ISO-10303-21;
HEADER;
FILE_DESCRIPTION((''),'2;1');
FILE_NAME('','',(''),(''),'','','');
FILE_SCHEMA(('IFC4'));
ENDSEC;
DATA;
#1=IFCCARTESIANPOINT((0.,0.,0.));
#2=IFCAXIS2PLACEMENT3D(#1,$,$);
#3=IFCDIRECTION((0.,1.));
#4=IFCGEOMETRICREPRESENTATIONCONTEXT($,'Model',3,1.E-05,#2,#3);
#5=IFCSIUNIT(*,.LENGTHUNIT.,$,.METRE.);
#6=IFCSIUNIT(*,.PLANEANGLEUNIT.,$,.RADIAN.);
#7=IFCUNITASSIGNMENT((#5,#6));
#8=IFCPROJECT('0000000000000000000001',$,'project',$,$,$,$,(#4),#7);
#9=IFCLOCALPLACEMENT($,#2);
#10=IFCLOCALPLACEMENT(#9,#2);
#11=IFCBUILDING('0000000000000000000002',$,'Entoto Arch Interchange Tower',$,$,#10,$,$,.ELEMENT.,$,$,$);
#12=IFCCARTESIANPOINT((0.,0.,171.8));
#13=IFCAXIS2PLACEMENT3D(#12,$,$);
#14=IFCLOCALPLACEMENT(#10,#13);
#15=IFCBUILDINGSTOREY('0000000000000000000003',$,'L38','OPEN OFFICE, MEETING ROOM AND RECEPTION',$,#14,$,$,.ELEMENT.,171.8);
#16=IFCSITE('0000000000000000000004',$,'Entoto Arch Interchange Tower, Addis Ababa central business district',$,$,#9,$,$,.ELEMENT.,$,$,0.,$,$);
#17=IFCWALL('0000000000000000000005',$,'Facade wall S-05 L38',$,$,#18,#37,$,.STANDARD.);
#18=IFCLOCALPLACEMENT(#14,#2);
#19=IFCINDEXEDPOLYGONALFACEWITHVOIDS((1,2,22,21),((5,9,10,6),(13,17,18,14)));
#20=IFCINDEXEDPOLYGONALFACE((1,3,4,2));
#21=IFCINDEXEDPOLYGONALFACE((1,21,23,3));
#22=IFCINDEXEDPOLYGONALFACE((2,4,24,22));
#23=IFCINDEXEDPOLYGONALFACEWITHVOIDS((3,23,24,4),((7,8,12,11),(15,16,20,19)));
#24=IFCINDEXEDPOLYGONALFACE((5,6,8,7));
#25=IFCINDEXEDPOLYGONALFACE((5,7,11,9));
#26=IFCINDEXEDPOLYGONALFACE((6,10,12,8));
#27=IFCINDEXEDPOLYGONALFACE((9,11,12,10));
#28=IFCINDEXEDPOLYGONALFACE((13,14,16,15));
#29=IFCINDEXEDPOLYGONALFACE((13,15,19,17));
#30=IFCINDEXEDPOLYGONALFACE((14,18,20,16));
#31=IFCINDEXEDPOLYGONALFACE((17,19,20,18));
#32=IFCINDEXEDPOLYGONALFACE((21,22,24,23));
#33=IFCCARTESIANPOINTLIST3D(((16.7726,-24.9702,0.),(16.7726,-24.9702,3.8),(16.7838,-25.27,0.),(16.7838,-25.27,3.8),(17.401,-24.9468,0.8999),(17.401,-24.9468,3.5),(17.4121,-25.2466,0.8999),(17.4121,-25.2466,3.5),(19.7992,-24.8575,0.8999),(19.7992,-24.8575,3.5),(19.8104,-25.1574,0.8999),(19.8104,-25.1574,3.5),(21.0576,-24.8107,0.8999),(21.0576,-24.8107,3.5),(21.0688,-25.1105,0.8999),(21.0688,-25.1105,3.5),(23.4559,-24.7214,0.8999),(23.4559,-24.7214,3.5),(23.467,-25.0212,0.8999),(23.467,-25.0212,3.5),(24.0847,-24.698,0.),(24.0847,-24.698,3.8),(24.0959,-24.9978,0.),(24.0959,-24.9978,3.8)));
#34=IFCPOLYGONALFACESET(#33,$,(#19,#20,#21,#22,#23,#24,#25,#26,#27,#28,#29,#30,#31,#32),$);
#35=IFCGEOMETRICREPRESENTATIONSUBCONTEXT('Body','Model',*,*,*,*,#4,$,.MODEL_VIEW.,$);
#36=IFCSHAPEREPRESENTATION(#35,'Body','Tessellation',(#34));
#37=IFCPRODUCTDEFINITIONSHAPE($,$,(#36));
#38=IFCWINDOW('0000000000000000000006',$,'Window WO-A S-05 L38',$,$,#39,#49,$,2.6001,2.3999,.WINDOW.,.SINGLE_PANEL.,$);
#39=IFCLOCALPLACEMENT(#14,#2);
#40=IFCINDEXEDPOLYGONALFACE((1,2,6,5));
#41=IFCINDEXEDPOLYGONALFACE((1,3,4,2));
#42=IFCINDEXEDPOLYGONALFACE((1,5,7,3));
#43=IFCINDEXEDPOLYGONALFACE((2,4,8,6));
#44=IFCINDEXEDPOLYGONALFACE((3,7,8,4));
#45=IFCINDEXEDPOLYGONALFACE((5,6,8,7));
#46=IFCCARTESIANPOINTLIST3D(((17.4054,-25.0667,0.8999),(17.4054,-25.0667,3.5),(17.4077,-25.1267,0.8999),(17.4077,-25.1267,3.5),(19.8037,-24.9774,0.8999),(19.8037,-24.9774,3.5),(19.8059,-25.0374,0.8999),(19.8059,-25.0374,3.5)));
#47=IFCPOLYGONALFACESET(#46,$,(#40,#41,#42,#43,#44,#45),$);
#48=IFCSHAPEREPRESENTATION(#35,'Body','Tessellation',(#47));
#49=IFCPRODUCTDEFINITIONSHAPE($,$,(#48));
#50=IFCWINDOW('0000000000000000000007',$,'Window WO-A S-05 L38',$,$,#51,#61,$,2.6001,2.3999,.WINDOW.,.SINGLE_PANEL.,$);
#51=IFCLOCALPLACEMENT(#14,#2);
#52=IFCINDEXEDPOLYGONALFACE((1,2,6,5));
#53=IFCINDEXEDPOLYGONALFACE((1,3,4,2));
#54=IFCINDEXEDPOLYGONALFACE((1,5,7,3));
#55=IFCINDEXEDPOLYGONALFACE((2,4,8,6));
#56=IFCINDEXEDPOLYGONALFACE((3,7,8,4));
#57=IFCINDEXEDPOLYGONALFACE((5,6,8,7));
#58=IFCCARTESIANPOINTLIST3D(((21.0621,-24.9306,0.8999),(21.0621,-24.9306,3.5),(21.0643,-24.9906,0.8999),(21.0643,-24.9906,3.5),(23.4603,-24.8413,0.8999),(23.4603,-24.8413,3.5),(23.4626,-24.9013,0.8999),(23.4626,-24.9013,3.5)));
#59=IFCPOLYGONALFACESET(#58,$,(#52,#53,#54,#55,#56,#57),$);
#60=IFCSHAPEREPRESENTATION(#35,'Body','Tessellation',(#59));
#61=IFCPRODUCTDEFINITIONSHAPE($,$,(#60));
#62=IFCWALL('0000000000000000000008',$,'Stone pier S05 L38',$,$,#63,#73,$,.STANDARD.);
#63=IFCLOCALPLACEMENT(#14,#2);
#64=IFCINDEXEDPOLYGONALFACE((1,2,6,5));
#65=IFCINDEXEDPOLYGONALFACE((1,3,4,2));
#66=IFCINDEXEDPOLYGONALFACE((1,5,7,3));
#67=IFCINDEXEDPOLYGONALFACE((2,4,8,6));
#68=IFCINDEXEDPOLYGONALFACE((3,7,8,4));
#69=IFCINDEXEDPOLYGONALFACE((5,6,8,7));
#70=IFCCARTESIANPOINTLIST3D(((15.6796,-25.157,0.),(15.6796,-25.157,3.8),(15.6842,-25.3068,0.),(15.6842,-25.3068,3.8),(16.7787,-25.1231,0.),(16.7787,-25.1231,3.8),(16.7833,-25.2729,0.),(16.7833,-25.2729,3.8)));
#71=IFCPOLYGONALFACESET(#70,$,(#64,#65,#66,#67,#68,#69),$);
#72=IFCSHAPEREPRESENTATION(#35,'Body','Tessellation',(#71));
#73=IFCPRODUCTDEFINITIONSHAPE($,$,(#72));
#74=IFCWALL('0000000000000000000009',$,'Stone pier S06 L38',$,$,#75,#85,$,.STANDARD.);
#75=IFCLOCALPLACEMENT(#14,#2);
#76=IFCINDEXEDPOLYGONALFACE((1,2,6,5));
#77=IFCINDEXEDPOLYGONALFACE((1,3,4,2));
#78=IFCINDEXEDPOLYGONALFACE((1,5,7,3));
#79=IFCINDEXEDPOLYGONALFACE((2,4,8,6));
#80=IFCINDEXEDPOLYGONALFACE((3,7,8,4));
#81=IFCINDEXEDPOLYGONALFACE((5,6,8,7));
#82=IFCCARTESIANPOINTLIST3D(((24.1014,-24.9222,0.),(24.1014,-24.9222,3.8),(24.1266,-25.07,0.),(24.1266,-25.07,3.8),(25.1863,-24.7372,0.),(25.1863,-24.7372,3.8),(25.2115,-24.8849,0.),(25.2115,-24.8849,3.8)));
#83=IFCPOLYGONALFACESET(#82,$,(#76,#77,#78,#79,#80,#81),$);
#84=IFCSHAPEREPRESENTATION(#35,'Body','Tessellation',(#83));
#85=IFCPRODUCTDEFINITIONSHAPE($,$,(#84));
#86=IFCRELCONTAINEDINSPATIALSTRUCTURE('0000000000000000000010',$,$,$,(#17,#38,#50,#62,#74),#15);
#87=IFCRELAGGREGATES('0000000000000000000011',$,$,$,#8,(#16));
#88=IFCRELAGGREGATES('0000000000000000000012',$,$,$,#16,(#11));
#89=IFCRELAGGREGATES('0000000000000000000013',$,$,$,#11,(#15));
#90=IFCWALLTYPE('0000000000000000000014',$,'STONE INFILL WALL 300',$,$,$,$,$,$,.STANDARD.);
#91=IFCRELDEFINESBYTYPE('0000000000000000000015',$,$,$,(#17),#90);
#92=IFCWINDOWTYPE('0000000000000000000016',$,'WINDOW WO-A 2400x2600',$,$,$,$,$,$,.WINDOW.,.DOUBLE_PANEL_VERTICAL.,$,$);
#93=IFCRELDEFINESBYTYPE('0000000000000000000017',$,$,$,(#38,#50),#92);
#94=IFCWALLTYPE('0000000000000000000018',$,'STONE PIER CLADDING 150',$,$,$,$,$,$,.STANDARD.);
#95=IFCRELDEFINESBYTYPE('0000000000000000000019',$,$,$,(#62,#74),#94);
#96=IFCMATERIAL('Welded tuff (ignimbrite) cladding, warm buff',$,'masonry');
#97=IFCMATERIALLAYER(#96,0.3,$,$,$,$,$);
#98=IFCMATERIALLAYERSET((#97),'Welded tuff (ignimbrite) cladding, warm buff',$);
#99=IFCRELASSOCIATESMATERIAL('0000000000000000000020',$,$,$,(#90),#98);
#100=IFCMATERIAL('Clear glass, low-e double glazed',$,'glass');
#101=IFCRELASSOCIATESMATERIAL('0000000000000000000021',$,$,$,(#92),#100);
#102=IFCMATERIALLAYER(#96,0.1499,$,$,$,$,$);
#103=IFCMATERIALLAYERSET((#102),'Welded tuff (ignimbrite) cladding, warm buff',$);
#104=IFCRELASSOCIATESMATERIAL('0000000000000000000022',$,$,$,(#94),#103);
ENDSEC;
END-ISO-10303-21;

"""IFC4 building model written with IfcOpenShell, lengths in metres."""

from ifc_helpers import new_model, si_unit, direction, frame, frame_2d, origin, place, context, subcontext, project, spatial, rectangle, extrude, material, layer, layer_set, type_object, element, fill, save


model = new_model("IFC4")

# Units and contexts
model_context = context("Model", 3, precision=1e-05, world=origin(), true_north=direction((0.0, 1.0)))
body_context = subcontext(model_context, "Body", "Model", "MODEL_VIEW")
ifc_project = project(units=[si_unit("LENGTHUNIT", "METRE"), si_unit("PLANEANGLEUNIT", "RADIAN")], contexts=[model_context])

# Site, building, storey
site_placement = place(None, origin())
site = spatial("IfcSite", under=ifc_project, at=site_placement, Name="Entoto Arch Interchange Tower, Addis Ababa central business district", CompositionType="ELEMENT", RefElevation=0.0)
building_placement = place(site_placement, origin())
building = spatial("IfcBuilding", under=site, at=building_placement, Name="Entoto Arch Interchange Tower", CompositionType="ELEMENT")
storey_placement = place(building_placement, frame((0.0, 0.0, 171.8)))
storey = spatial("IfcBuildingStorey", under=building, at=storey_placement, Name="L38", Description="OPEN OFFICE, MEETING ROOM AND RECEPTION", CompositionType="ELEMENT", Elevation=171.8)

# Wall, openings, windows
ifc_material_1 = material(Name="Welded tuff (ignimbrite) cladding, warm buff", Category="masonry")
ifc_layer_1 = layer(ifc_material_1, 0.3)
ifc_layer_set_1 = layer_set([ifc_layer_1], Name="Welded tuff (ignimbrite) cladding, warm buff")
wall_type_1 = type_object("IfcWallType", Name="STONE INFILL WALL 300", PredefinedType="STANDARD", material=ifc_layer_set_1)
wall_1_placement = place(storey_placement, frame((16.7781, -25.1201, 0.0), z_axis=(0.0, 0.0, 1.0), x_axis=(0.999308, 0.037203, 0.0)))
wall_1 = element("IfcWall", 1, at=wall_1_placement, inside=storey, type_object=wall_type_1, Name="Facade wall S-05 L38", PredefinedType="STANDARD", context=body_context, shape_type="SweptSolid", body=[
    extrude(rectangle(XDim=7.3171, YDim=0.3, at=frame_2d((3.6587, 0.0))), origin(), (0.0, 0.0, 1.0), 3.8),
])
opening_1_placement = place(wall_1_placement, frame((0.6289, 0.0, 0.8999)))
opening_1 = element("IfcOpeningElement", 2, at=opening_1_placement, cuts=wall_1, PredefinedType="OPENING", context=body_context, shape_type="SweptSolid", body=[
    extrude(rectangle(XDim=2.3999, YDim=2.6001, at=frame_2d((1.2, 1.3))), frame((0.0, 0.1602, 0.0), z_axis=(0.0, -1.0, 0.0), x_axis=(1.0, 0.0, 0.0)), (0.0, 0.0, 1.0), 0.3201),
])
opening_2_placement = place(wall_1_placement, frame((4.2881, 0.0, 0.8999)))
opening_2 = element("IfcOpeningElement", 3, at=opening_2_placement, cuts=wall_1, PredefinedType="OPENING", context=body_context, shape_type="SweptSolid", body=[
    extrude(rectangle(XDim=2.3999, YDim=2.6001, at=frame_2d((1.2, 1.3))), frame((0.0, 0.1602, 0.0), z_axis=(0.0, -1.0, 0.0), x_axis=(1.0, 0.0, 0.0)), (0.0, 0.0, 1.0), 0.3201),
])
ifc_material_2 = material(Name="Clear glass, low-e double glazed", Category="glass")
window_type = type_object("IfcWindowType", Name="WINDOW WO-A 2400x2600", PartitioningType="DOUBLE_PANEL_VERTICAL", PredefinedType="WINDOW", material=ifc_material_2)
window_1_placement = place(opening_1_placement, origin())
window_1 = element("IfcWindow", 4, at=window_1_placement, inside=storey, type_object=window_type, Name="Window WO-A S-05 L38", OverallHeight=2.6001, OverallWidth=2.3999, PartitioningType="SINGLE_PANEL", PredefinedType="WINDOW", context=body_context, shape_type="SweptSolid", body=[
    extrude(rectangle(XDim=2.3999, YDim=2.6001, at=frame_2d((1.2, 1.3))), frame((0.0, 0.03, 0.0), z_axis=(0.0, -1.0, 0.0), x_axis=(1.0, 0.0, 0.0)), (0.0, 0.0, 1.0), 0.0601),
])
fill(opening_1, window_1)
window_2_placement = place(opening_2_placement, origin())
window_2 = element("IfcWindow", 5, at=window_2_placement, inside=storey, type_object=window_type, Name="Window WO-A S-05 L38", OverallHeight=2.6001, OverallWidth=2.3999, PartitioningType="SINGLE_PANEL", PredefinedType="WINDOW", context=body_context, shape_type="SweptSolid", body=[
    extrude(rectangle(XDim=2.3999, YDim=2.6001, at=frame_2d((1.2, 1.3))), frame((0.0, 0.03, 0.0), z_axis=(0.0, -1.0, 0.0), x_axis=(1.0, 0.0, 0.0)), (0.0, 0.0, 1.0), 0.0601),
])
fill(opening_2, window_2)

# Walls
ifc_layer_2 = layer(ifc_material_1, 0.1499)
ifc_layer_set_2 = layer_set([ifc_layer_2], Name="Welded tuff (ignimbrite) cladding, warm buff")
wall_type_2 = type_object("IfcWallType", Name="STONE PIER CLADDING 150", PredefinedType="STANDARD", material=ifc_layer_set_2)
wall_2_placement = place(storey_placement, frame((15.6819, -25.2319, 0.0), z_axis=(0.0, 0.0, 1.0), x_axis=(0.999524, 0.03086, 0.0)))
element("IfcWall", 6, at=wall_2_placement, inside=storey, type_object=wall_type_2, Name="Stone pier S05 L38", PredefinedType="STANDARD", context=body_context, shape_type="SweptSolid", body=[
    extrude(rectangle(XDim=1.0996, YDim=0.1499, at=frame_2d((0.5498, 0.0))), origin(), (0.0, 0.0, 1.0), 3.8),
])
wall_3_placement = place(storey_placement, frame((24.114, -24.9961, 0.0), z_axis=(0.0, 0.0, 1.0), x_axis=(0.985763, 0.168139, 0.0)))
element("IfcWall", 7, at=wall_3_placement, inside=storey, type_object=wall_type_2, Name="Stone pier S06 L38", PredefinedType="STANDARD", context=body_context, shape_type="SweptSolid", body=[
    extrude(rectangle(XDim=1.1006, YDim=0.1499, at=frame_2d((0.5503, 0.0))), origin(), (0.0, 0.0, 1.0), 3.8),
])

save(model, "model.ifc")
